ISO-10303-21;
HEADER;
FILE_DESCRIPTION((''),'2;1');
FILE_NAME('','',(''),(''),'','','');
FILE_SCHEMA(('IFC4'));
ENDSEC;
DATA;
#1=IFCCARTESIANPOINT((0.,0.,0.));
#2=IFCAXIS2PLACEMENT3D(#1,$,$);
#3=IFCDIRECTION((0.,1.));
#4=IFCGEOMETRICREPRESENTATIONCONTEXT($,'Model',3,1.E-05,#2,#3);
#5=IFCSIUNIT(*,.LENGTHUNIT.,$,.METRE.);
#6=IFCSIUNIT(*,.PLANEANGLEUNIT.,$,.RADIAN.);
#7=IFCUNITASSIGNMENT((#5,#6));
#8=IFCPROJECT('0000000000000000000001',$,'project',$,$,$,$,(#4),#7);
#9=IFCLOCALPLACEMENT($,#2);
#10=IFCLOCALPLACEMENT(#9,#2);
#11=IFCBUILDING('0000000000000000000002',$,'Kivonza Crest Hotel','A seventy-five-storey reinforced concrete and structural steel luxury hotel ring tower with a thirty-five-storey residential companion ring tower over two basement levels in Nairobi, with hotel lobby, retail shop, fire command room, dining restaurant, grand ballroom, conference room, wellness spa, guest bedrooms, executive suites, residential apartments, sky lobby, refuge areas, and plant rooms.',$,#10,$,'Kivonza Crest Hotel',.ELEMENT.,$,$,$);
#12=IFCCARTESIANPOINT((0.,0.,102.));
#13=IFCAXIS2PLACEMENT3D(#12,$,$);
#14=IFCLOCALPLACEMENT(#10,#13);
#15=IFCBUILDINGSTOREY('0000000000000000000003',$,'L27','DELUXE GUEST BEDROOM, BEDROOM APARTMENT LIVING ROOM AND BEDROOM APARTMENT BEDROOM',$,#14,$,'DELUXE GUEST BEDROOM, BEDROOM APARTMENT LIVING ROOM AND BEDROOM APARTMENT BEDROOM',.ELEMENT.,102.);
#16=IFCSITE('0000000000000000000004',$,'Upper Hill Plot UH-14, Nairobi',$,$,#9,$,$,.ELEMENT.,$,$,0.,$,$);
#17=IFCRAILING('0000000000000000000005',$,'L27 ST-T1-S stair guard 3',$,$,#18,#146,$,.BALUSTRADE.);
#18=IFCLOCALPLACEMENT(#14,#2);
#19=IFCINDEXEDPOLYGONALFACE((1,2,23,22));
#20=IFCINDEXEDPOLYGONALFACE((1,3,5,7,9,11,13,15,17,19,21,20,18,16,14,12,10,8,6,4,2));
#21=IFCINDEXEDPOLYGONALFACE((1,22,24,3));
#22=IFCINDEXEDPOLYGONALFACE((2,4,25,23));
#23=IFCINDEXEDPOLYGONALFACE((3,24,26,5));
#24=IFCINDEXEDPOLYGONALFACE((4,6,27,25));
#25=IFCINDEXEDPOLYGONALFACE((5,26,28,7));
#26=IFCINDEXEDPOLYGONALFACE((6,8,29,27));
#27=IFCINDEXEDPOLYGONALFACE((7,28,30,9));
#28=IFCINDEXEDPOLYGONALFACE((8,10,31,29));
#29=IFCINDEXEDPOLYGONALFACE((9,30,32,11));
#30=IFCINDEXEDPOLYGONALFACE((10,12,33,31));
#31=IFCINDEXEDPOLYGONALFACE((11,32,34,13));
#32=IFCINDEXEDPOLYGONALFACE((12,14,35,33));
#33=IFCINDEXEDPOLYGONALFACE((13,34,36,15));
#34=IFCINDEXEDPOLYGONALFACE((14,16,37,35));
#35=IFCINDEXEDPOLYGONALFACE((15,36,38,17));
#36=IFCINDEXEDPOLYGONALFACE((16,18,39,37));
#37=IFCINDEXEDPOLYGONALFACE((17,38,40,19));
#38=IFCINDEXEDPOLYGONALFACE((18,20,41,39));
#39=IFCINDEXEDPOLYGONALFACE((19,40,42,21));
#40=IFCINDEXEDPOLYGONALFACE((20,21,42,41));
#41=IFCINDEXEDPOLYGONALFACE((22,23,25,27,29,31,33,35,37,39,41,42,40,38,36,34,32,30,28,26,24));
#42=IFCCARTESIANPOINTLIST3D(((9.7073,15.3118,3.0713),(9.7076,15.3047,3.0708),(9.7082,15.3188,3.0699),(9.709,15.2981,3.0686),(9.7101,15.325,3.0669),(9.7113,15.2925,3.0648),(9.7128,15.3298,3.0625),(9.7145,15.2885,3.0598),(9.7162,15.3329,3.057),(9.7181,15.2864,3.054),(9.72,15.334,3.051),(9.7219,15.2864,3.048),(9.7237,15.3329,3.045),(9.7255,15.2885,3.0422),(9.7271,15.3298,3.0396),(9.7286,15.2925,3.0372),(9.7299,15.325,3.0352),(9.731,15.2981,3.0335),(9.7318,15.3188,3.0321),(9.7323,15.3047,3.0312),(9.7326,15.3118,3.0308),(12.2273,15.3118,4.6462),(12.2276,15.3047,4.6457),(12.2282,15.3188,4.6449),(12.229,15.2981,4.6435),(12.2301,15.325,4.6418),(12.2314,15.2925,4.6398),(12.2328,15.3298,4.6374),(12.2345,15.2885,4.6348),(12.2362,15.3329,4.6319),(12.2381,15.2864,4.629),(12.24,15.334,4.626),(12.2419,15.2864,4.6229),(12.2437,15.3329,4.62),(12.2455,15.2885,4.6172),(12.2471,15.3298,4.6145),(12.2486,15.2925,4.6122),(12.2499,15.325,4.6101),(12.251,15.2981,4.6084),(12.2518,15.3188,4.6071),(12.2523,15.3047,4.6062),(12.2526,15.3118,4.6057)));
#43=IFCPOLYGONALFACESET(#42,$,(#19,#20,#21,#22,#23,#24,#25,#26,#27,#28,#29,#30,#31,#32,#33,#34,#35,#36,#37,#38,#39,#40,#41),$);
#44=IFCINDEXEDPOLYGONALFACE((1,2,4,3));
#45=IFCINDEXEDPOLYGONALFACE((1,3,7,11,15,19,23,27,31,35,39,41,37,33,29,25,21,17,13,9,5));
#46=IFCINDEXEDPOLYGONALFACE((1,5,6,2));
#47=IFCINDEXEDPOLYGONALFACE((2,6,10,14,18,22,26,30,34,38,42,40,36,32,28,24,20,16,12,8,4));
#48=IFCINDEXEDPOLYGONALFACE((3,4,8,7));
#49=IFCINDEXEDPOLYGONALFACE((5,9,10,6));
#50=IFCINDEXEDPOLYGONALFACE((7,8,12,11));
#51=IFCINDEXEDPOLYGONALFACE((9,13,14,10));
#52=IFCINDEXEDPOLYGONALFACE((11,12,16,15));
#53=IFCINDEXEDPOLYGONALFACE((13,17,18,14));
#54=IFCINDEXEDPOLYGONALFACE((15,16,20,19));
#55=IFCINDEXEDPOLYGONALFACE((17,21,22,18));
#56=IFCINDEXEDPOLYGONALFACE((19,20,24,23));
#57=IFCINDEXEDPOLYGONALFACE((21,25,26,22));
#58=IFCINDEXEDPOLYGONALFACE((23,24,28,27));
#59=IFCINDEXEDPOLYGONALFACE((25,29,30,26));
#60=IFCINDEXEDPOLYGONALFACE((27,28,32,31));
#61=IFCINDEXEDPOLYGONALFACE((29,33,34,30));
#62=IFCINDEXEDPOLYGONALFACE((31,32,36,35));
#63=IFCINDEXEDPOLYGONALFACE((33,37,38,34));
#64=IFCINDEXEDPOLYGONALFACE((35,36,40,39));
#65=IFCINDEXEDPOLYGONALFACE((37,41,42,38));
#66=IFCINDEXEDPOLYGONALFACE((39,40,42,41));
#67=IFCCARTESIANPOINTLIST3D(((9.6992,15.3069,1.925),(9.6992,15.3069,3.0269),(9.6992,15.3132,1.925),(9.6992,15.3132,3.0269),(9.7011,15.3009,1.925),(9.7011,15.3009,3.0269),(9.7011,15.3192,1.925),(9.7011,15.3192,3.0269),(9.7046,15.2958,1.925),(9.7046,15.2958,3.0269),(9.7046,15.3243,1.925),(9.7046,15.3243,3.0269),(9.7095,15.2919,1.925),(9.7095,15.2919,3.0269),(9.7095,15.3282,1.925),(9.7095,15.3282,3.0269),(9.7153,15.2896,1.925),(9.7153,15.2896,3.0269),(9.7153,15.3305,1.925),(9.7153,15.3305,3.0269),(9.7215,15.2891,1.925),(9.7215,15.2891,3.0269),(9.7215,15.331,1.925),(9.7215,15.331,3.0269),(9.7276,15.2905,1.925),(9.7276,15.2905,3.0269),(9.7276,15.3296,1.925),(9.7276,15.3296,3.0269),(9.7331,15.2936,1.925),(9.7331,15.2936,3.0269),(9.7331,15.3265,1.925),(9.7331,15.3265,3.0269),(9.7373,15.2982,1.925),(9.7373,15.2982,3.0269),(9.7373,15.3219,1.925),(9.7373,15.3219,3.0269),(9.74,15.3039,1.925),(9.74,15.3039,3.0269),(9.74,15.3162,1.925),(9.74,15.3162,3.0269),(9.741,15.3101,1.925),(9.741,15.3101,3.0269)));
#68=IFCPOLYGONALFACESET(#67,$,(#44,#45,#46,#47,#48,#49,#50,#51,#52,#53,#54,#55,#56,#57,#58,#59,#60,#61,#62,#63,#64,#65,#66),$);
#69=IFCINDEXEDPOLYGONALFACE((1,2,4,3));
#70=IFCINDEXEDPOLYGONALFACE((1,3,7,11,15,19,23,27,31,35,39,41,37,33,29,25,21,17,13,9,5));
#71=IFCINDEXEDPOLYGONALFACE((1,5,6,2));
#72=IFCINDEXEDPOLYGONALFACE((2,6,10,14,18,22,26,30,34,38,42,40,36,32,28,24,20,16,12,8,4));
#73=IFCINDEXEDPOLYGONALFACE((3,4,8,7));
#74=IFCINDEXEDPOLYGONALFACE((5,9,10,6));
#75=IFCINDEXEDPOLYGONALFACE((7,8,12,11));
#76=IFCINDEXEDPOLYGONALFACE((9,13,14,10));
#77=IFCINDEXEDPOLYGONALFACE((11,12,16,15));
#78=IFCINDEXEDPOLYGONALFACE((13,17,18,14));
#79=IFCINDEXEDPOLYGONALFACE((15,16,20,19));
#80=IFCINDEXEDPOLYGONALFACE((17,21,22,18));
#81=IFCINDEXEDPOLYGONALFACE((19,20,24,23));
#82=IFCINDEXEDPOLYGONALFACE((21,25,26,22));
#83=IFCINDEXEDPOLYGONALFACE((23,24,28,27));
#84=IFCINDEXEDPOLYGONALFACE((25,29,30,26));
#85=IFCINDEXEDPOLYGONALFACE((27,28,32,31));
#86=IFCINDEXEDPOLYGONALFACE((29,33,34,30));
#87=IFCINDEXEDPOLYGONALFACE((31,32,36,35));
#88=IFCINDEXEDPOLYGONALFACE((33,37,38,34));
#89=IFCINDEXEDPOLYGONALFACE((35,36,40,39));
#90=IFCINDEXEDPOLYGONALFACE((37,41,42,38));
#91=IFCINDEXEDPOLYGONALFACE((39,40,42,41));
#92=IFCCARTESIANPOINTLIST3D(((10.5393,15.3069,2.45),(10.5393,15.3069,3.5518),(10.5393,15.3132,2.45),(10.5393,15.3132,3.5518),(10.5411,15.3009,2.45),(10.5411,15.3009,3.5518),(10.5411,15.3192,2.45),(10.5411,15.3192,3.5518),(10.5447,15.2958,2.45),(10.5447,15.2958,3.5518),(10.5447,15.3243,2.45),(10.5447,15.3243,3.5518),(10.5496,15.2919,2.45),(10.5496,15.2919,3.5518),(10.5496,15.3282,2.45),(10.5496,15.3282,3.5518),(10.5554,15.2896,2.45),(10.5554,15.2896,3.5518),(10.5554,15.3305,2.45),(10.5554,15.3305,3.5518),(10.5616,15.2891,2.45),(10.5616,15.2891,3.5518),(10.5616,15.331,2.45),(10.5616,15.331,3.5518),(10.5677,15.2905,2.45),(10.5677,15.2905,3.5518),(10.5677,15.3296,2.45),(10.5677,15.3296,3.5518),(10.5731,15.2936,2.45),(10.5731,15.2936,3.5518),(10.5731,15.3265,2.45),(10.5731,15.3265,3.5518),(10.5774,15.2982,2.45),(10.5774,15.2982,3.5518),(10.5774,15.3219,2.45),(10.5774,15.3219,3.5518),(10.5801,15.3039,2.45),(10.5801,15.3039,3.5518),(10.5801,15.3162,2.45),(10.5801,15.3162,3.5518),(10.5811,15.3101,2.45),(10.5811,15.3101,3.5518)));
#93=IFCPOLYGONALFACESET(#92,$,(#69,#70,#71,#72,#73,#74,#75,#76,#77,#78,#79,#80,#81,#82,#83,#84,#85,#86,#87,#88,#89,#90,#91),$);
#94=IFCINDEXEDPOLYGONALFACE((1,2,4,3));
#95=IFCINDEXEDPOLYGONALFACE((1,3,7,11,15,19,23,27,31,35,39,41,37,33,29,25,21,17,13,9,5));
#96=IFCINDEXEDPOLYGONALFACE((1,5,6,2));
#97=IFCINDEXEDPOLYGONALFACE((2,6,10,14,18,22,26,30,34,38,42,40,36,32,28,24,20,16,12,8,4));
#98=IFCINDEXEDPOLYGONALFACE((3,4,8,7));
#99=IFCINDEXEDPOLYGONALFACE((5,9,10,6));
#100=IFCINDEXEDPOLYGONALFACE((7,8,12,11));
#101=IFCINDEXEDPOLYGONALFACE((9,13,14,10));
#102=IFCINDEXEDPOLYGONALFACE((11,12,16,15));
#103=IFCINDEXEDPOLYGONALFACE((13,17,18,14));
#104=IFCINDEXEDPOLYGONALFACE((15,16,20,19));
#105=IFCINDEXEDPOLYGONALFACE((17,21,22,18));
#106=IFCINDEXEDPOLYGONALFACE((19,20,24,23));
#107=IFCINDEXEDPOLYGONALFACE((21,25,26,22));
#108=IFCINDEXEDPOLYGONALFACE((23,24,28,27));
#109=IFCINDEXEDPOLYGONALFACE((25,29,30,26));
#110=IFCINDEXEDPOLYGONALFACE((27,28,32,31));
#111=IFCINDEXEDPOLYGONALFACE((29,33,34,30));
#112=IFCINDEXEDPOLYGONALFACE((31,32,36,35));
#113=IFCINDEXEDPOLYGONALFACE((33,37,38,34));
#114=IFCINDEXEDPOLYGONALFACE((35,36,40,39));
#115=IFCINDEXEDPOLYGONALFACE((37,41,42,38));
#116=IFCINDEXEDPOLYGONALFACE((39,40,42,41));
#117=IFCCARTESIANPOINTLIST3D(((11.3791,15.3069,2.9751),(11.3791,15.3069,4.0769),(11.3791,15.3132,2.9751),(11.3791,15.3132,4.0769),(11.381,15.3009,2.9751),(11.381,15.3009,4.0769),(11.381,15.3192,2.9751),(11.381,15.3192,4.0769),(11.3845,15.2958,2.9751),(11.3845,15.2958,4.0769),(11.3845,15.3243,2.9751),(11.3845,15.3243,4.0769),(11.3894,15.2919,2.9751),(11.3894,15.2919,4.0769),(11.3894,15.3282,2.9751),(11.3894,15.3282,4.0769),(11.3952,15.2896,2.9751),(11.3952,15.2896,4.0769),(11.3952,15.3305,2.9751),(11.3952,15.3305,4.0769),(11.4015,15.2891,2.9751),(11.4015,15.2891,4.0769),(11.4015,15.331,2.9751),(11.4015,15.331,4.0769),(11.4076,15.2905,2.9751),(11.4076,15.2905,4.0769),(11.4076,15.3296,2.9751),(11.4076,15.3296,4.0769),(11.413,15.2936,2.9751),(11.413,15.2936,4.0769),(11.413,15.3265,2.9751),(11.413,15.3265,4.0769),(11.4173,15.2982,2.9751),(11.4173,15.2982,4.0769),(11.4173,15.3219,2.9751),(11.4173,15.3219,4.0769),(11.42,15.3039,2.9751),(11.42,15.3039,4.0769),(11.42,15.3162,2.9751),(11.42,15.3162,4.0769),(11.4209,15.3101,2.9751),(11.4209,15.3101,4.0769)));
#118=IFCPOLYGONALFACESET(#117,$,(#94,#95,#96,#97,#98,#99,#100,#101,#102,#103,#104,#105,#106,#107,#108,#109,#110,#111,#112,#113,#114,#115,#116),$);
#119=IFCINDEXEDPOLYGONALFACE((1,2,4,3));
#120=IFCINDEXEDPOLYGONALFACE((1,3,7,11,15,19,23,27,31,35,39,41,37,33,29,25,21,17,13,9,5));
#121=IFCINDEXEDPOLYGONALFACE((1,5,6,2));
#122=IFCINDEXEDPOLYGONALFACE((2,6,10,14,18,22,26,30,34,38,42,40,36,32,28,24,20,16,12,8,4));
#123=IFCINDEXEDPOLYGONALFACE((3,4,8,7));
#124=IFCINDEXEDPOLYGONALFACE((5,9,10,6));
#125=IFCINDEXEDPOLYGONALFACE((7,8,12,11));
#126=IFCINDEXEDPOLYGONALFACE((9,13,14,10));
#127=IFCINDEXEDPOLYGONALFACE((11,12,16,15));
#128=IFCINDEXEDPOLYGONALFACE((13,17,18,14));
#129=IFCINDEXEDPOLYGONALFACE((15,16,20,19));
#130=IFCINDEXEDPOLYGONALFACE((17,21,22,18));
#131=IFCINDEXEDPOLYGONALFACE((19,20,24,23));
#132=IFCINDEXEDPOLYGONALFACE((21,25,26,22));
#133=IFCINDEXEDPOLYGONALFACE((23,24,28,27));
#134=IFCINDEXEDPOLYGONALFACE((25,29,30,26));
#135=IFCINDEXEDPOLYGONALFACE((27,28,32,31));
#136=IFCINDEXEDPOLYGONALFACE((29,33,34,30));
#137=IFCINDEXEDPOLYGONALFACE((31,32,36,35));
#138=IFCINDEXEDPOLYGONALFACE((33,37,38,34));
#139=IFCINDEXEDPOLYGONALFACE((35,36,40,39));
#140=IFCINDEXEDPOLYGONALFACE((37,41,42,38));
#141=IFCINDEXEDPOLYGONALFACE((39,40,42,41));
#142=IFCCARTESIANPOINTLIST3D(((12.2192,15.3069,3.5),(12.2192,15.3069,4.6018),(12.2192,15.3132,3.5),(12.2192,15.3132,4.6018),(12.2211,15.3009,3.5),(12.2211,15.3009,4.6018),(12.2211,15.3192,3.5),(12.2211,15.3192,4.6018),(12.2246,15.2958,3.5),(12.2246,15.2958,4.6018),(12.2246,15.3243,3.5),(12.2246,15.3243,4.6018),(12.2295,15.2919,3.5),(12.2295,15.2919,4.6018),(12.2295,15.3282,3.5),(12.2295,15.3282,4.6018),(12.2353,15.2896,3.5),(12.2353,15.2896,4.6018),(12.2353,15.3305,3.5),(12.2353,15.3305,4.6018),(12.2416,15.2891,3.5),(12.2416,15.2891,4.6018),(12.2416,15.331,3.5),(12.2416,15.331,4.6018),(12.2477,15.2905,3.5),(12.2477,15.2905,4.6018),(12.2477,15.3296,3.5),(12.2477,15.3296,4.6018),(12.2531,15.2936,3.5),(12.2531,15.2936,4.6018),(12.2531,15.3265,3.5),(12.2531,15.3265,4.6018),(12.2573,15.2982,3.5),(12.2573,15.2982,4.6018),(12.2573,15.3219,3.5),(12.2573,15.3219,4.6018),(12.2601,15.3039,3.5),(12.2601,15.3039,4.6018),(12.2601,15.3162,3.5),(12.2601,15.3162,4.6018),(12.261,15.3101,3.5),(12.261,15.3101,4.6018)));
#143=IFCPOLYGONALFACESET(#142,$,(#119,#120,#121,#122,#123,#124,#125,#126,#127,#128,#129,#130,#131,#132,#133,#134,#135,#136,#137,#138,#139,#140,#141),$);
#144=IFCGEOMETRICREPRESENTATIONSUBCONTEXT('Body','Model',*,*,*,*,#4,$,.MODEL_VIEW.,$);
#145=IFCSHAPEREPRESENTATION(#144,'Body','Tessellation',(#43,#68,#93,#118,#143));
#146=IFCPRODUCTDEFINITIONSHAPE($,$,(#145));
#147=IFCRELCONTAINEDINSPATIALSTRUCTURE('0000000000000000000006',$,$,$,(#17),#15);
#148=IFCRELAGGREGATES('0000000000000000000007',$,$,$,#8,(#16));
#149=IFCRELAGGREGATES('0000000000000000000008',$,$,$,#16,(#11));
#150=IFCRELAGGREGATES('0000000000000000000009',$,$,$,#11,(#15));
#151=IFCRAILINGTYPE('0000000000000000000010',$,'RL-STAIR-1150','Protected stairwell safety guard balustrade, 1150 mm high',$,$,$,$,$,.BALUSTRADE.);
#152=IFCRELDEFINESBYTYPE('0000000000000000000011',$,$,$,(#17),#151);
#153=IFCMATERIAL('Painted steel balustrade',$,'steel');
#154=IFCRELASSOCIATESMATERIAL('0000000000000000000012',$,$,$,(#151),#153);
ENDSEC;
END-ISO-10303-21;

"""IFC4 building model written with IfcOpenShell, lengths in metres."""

from ifc_helpers import new_model, si_unit, direction, frame, origin, origin_2d, place, context, subcontext, project, spatial, circle, extrude, material, type_object, element, save


model = new_model("IFC4")

# Units and contexts
model_context = context("Model", 3, precision=1e-05, world=origin(), true_north=direction((0.0, 1.0)))
body_context = subcontext(model_context, "Body", "Model", "MODEL_VIEW")
ifc_project = project(units=[si_unit("LENGTHUNIT", "METRE"), si_unit("PLANEANGLEUNIT", "RADIAN")], contexts=[model_context])

# Site, building, storey
site_placement = place(None, origin())
site = spatial("IfcSite", under=ifc_project, at=site_placement, Name="Upper Hill Plot UH-14, Nairobi", CompositionType="ELEMENT", RefElevation=0.0)
building_placement = place(site_placement, origin())
building = spatial("IfcBuilding", under=site, at=building_placement, Name="Kivonza Crest Hotel", Description="A seventy-five-storey reinforced concrete and structural steel luxury hotel ring tower with a thirty-five-storey residential companion ring tower over two basement levels in Nairobi, with hotel lobby, retail shop, fire command room, dining restaurant, grand ballroom, conference room, wellness spa, guest bedrooms, executive suites, residential apartments, sky lobby, refuge areas, and plant rooms.", LongName="Kivonza Crest Hotel", CompositionType="ELEMENT")
storey_placement = place(building_placement, frame((0.0, 0.0, 102.0)))
storey = spatial("IfcBuildingStorey", under=building, at=storey_placement, Name="L27", Description="DELUXE GUEST BEDROOM, BEDROOM APARTMENT LIVING ROOM AND BEDROOM APARTMENT BEDROOM", LongName="DELUXE GUEST BEDROOM, BEDROOM APARTMENT LIVING ROOM AND BEDROOM APARTMENT BEDROOM", CompositionType="ELEMENT", Elevation=102.0)

# Railing
ifc_material_1 = material(Name="Painted steel balustrade", Category="steel")
railing_type_1 = type_object("IfcRailingType", Name="RL-STAIR-1150", Description="Protected stairwell safety guard balustrade, 1150 mm high", PredefinedType="BALUSTRADE", material=ifc_material_1)
railing_1_placement = place(storey_placement, frame((9.72, 15.3101, 1.925)))
element("IfcRailing", 1, at=railing_1_placement, inside=storey, type_object=railing_type_1, Name="L27 ST-T1-S stair guard 3", PredefinedType="BALUSTRADE", context=body_context, shape_type="SweptSolid", body=[
    extrude(circle(Radius=0.0239, at=origin_2d()), frame((0.0, 0.0, 1.126), z_axis=(0.848008, 0.0, 0.529984), x_axis=(0.0, 1.0, 0.0)), (0.0, 0.0, 1.0), 2.9717),
    extrude(circle(Radius=0.021, at=origin_2d()), origin(), (0.0, 0.0, 1.0), 1.1018),
    extrude(circle(Radius=0.021, at=origin_2d()), frame((0.8401, 0.0, 0.5249)), (0.0, 0.0, 1.0), 1.1018),
    extrude(circle(Radius=0.021, at=origin_2d()), frame((1.6799, 0.0, 1.05)), (0.0, 0.0, 1.0), 1.1018),
    extrude(circle(Radius=0.021, at=origin_2d()), frame((2.52, 0.0, 1.575)), (0.0, 0.0, 1.0), 1.1018),
])

save(model, "model.ifc")
